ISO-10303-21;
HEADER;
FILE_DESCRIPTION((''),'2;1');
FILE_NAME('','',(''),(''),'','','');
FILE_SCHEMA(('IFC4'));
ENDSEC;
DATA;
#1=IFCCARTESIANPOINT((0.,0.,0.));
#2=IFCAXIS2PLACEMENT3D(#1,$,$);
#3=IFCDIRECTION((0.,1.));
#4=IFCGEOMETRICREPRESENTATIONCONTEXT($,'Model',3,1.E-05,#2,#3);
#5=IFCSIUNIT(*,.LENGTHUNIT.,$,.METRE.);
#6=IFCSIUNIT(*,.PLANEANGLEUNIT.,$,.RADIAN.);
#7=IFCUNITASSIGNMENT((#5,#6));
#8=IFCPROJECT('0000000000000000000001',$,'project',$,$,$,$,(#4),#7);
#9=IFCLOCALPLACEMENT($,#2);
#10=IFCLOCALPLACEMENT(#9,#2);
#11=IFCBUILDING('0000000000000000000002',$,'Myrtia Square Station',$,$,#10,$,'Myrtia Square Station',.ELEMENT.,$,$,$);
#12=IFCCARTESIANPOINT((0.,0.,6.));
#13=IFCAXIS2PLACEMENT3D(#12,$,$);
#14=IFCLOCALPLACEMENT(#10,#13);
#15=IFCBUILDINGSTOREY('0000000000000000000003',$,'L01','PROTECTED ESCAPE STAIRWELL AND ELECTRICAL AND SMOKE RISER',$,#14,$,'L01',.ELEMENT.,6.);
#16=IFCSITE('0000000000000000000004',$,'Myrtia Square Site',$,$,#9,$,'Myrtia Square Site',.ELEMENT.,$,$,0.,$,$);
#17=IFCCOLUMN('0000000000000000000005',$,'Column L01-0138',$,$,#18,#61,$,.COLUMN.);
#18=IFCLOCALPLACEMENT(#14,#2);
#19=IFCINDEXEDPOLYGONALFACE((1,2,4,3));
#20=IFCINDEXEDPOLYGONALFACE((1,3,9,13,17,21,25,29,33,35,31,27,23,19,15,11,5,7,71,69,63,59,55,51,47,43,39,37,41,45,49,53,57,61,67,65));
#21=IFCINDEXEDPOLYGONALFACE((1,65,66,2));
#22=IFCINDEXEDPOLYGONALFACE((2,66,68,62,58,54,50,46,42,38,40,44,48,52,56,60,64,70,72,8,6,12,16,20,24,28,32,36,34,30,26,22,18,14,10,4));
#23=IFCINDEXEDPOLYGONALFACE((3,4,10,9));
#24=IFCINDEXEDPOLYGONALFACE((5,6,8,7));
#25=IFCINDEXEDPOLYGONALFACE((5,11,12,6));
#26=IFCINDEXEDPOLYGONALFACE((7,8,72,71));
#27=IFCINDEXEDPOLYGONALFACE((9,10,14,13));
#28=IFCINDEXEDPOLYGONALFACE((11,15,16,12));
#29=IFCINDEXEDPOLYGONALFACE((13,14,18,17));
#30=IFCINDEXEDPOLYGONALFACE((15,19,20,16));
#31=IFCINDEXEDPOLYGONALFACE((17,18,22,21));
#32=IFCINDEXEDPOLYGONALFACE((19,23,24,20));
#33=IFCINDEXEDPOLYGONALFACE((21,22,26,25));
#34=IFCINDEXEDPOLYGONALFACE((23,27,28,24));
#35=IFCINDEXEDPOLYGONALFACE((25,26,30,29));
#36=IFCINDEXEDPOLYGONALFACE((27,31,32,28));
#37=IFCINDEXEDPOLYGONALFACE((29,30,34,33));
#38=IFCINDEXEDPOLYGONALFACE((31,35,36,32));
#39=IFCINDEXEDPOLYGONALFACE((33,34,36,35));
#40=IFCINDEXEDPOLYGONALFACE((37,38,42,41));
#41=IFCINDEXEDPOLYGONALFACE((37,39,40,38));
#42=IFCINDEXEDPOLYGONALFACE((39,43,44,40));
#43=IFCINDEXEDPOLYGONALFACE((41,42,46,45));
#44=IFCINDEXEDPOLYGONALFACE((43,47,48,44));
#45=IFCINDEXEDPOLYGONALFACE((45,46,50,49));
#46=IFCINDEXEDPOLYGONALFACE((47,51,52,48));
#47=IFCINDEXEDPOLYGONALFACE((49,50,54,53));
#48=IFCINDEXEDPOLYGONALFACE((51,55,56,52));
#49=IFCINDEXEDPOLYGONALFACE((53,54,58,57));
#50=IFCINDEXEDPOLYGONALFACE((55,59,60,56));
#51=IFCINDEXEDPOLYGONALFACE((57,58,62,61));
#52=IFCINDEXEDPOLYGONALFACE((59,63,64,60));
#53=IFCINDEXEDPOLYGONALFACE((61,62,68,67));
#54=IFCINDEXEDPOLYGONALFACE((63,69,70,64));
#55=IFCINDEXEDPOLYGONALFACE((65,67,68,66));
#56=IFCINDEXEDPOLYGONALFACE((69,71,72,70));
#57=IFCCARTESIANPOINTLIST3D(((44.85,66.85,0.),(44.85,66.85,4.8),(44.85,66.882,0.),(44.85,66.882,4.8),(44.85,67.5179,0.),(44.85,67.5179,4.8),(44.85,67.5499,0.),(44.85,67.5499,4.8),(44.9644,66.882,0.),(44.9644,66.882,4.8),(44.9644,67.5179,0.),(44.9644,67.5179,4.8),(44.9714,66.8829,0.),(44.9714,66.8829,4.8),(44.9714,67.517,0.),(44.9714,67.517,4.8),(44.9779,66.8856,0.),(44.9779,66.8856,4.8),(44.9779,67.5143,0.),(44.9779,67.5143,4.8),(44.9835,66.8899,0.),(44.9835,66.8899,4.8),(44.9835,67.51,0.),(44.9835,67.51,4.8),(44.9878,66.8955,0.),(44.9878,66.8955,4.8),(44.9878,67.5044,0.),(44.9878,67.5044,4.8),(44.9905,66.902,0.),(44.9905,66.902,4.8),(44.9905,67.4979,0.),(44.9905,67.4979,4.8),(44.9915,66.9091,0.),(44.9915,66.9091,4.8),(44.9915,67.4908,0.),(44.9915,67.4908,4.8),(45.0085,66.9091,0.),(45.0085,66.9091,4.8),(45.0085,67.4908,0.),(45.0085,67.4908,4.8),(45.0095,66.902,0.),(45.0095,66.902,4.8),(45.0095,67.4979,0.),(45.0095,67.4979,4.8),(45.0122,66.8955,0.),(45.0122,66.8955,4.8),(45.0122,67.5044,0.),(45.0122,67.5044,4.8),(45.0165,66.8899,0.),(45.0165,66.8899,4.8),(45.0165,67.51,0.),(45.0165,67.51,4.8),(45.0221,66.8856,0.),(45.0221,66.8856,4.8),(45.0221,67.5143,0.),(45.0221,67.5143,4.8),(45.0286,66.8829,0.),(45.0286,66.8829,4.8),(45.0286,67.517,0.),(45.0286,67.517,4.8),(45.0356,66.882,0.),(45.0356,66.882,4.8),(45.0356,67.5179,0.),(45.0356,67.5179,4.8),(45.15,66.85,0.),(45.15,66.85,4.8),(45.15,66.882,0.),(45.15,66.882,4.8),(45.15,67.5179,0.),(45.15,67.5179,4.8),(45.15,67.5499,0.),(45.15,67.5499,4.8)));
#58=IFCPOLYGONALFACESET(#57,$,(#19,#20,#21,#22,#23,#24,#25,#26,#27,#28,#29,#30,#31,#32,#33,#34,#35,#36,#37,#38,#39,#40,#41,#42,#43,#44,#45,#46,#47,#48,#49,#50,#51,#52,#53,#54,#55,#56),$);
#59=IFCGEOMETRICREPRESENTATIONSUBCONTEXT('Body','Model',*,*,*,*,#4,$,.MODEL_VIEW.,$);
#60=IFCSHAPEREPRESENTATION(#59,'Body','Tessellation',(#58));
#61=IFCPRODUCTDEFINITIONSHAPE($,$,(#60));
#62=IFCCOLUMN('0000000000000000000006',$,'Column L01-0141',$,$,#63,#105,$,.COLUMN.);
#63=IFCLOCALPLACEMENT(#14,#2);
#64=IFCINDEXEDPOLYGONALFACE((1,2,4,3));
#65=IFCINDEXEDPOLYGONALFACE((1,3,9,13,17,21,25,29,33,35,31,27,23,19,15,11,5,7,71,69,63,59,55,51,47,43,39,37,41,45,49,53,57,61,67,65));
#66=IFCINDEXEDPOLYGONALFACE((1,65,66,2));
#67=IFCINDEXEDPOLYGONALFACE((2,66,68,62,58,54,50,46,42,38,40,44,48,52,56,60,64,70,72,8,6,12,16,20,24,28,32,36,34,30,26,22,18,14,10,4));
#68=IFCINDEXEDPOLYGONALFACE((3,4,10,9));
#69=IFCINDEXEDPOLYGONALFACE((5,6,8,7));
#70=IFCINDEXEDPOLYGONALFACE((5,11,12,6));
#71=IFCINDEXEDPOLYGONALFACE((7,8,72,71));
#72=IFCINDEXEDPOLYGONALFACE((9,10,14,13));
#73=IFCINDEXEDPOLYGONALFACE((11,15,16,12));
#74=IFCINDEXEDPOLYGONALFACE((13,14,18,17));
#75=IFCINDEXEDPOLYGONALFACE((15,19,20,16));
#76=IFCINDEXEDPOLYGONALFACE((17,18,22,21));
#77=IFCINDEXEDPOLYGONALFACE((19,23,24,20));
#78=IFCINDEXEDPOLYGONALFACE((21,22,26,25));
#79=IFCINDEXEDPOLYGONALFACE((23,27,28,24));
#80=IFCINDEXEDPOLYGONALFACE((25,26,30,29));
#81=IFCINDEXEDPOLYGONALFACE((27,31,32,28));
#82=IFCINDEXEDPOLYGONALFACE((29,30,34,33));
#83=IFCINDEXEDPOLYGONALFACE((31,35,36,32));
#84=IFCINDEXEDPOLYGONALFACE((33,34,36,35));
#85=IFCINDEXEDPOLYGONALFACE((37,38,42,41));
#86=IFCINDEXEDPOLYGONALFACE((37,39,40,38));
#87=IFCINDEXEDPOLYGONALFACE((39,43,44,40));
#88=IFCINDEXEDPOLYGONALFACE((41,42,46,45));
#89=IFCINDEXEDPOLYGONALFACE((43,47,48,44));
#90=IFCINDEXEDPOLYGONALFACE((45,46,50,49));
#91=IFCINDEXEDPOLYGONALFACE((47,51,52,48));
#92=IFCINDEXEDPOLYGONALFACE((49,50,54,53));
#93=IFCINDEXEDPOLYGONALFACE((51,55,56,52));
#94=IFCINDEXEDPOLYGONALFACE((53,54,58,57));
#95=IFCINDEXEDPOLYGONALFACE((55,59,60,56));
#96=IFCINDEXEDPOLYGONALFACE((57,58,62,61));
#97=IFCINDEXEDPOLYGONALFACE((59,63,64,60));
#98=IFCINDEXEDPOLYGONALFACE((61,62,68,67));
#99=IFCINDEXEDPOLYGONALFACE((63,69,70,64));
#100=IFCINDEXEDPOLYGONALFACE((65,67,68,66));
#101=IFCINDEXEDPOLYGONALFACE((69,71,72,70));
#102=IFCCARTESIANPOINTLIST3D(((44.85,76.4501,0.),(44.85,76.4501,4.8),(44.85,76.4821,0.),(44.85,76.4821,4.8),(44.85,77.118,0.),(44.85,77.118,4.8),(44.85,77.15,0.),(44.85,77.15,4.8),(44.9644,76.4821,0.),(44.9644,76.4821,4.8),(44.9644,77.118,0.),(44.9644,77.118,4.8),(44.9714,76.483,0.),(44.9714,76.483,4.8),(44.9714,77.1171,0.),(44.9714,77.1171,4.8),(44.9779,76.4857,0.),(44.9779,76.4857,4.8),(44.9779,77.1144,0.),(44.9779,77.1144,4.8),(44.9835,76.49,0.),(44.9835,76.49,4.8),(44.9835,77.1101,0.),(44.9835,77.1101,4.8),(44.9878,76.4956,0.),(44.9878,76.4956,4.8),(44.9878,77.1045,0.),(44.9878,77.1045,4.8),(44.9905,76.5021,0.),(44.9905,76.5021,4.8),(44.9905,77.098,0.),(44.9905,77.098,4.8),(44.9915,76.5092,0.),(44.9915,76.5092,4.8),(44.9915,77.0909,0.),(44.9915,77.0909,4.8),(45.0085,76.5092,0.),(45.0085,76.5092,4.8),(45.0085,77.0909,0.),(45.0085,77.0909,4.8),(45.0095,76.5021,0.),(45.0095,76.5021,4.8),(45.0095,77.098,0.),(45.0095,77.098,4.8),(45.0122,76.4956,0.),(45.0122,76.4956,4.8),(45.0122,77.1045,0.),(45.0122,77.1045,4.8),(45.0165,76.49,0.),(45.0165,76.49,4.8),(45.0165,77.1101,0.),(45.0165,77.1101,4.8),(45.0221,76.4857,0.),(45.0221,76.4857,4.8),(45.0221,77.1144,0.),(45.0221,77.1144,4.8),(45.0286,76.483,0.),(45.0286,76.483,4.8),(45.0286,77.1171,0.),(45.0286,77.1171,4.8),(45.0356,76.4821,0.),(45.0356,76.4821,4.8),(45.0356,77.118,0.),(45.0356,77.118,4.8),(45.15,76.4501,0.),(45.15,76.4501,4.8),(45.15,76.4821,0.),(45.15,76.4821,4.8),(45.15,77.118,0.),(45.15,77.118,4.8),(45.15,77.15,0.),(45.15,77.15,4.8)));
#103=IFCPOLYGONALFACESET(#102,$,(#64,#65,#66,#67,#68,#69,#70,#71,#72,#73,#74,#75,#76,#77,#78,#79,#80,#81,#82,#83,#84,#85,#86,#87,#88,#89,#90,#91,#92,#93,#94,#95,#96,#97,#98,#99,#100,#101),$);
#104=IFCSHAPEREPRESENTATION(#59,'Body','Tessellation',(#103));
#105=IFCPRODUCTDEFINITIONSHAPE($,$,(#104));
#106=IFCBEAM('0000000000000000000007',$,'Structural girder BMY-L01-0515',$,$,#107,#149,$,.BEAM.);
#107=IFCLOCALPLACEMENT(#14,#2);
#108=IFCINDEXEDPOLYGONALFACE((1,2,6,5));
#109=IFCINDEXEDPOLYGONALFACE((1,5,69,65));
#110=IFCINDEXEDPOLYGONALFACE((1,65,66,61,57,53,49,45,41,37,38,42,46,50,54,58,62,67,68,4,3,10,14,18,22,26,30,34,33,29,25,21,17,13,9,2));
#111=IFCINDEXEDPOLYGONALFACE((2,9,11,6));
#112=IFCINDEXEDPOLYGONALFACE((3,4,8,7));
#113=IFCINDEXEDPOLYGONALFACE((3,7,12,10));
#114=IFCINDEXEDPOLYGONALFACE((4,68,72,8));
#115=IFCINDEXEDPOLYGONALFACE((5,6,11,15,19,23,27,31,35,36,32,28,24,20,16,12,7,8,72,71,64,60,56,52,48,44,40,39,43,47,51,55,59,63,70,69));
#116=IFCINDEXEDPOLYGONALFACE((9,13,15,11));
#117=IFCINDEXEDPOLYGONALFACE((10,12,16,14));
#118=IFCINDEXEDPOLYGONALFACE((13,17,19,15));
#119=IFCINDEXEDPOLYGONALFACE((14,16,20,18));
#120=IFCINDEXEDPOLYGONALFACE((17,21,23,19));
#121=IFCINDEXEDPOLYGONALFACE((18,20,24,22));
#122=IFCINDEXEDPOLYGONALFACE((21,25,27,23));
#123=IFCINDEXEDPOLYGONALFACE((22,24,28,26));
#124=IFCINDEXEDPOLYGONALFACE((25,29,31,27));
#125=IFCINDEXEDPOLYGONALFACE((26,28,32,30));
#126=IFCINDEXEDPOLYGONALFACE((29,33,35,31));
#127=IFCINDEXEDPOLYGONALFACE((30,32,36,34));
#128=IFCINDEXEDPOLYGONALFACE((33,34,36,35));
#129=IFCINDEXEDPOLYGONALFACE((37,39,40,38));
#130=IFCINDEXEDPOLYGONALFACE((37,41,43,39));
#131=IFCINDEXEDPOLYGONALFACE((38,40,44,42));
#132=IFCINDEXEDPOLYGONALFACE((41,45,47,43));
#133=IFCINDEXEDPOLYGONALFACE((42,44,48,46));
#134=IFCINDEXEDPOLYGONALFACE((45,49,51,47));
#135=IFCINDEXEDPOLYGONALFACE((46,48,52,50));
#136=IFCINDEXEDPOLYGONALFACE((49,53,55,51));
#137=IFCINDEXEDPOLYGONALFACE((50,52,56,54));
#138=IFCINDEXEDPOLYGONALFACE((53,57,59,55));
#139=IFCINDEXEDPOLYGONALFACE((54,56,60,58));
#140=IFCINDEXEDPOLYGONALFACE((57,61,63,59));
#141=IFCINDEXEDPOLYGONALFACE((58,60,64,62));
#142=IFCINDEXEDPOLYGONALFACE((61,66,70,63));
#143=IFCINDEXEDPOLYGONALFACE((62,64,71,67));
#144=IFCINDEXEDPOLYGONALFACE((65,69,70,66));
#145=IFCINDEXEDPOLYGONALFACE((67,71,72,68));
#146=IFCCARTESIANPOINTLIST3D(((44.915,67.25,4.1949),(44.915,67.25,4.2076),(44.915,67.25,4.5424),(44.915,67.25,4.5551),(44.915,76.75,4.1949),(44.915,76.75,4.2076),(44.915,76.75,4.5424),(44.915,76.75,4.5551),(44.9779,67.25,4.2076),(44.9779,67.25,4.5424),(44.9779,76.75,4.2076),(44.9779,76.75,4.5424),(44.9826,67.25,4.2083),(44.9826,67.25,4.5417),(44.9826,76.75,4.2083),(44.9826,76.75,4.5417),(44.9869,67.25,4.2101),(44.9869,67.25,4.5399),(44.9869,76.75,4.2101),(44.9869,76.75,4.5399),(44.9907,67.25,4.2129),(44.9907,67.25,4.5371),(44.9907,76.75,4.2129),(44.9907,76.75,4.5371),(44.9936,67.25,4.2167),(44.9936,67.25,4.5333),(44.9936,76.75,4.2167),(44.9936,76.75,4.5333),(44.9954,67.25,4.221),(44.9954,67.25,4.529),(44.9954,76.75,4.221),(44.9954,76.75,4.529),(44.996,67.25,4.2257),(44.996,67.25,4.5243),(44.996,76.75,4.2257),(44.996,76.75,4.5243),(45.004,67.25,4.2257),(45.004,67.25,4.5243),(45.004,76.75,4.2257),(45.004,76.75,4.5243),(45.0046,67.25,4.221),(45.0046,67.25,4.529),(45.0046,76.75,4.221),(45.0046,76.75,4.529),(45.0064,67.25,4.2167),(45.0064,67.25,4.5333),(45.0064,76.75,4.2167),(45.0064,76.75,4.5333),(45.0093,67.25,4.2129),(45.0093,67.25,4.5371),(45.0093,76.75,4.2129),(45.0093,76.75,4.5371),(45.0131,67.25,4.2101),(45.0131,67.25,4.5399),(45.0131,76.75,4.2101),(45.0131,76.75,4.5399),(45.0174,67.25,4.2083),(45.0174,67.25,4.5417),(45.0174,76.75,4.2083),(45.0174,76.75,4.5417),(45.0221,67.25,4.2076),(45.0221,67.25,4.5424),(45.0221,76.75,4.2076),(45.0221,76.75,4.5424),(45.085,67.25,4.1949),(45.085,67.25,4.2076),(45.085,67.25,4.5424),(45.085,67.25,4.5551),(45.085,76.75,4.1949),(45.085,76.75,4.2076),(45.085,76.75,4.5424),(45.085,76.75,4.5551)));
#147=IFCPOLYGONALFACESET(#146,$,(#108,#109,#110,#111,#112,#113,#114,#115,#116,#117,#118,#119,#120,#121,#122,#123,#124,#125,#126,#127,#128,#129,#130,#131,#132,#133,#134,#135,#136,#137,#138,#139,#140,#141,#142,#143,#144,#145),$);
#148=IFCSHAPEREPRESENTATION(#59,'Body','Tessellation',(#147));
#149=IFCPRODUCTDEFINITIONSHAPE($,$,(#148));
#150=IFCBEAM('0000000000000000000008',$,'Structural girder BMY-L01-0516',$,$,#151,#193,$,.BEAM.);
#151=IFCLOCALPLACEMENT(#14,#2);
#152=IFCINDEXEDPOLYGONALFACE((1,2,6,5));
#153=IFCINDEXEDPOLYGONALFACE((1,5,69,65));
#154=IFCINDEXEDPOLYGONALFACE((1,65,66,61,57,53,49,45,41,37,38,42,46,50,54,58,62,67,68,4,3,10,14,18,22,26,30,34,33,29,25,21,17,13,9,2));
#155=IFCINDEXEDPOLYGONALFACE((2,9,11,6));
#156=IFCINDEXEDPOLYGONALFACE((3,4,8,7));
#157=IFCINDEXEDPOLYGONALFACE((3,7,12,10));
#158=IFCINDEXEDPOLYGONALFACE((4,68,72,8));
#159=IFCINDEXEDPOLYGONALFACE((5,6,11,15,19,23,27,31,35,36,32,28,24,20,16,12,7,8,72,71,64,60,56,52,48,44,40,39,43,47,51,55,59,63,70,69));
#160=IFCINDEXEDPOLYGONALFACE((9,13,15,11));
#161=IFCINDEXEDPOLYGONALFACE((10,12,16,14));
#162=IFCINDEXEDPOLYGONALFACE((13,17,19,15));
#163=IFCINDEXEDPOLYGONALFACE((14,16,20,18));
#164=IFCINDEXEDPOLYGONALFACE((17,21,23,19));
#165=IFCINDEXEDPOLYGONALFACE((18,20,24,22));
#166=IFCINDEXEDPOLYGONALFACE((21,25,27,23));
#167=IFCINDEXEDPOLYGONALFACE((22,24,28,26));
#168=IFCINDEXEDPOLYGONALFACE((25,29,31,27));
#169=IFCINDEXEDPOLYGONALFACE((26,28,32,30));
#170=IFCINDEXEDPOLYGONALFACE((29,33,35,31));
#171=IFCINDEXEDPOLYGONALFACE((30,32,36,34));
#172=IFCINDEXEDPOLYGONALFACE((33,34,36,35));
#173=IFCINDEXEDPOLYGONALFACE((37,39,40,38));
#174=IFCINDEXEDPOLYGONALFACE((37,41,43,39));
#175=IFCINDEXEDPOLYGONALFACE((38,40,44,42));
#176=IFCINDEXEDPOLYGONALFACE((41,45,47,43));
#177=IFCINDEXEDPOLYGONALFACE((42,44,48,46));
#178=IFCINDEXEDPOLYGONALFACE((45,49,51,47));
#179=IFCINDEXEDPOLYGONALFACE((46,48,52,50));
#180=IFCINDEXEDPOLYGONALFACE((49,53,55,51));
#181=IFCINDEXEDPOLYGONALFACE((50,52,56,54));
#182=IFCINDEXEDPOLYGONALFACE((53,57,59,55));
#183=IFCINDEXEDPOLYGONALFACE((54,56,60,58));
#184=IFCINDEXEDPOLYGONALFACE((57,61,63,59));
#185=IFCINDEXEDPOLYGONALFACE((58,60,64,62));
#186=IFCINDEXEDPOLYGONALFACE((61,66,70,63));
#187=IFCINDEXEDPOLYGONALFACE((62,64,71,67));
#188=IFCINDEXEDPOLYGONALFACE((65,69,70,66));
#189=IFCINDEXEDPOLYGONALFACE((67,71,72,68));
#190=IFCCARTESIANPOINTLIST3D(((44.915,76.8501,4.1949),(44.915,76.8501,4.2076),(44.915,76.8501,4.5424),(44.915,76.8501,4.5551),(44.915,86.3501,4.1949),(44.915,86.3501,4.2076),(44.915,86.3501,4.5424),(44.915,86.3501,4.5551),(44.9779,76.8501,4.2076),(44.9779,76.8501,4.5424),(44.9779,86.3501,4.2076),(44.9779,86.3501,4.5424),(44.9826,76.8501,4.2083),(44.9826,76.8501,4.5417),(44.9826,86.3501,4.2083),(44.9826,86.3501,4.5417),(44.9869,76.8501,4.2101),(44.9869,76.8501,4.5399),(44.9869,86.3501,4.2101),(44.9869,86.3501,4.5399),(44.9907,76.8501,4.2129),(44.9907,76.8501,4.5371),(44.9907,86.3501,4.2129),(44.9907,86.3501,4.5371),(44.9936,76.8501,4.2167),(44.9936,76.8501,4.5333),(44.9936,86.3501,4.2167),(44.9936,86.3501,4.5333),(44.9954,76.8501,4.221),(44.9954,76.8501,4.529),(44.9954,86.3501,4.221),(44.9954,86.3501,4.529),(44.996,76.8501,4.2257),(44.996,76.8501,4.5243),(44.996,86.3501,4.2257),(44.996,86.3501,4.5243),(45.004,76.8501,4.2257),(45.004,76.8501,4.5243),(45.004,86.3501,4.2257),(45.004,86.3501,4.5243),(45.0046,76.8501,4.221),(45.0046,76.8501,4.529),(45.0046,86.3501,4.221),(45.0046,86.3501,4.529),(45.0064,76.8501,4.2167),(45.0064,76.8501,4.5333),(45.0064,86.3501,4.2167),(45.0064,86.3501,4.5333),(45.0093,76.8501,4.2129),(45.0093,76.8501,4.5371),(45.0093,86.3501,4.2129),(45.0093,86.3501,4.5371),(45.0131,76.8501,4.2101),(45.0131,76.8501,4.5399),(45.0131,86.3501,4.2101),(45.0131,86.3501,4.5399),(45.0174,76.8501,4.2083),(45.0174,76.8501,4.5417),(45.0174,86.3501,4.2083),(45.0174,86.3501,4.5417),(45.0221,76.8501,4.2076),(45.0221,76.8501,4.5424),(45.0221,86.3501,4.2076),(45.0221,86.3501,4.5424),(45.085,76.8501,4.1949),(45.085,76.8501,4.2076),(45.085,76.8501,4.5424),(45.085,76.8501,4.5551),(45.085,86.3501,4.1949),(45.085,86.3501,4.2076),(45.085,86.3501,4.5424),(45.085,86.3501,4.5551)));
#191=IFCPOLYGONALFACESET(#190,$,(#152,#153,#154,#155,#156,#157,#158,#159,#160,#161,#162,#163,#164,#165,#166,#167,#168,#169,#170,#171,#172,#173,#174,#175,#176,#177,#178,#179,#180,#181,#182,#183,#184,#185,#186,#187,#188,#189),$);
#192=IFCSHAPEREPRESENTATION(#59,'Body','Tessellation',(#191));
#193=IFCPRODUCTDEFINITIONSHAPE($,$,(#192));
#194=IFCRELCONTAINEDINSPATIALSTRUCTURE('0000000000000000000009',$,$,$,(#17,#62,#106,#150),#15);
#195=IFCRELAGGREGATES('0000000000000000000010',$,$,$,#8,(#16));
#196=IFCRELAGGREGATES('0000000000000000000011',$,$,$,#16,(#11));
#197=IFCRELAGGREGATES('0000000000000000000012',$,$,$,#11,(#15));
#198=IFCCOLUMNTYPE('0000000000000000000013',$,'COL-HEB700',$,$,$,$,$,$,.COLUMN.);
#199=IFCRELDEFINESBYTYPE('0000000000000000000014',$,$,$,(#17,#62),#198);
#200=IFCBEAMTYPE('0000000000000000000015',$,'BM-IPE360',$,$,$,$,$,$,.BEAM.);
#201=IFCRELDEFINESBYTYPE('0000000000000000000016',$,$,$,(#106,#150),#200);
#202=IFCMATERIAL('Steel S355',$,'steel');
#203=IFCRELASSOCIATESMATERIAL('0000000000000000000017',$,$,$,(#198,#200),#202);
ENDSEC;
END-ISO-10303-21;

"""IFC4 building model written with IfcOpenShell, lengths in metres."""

from ifc_helpers import new_model, si_unit, direction, frame, origin, origin_2d, place, context, subcontext, project, spatial, i_section, extrude, material, material_profile, profile_set, type_object, element, save


model = new_model("IFC4")

# Units and contexts
model_context = context("Model", 3, precision=1e-05, world=origin(), true_north=direction((0.0, 1.0)))
body_context = subcontext(model_context, "Body", "Model", "MODEL_VIEW")
ifc_project = project(units=[si_unit("LENGTHUNIT", "METRE"), si_unit("PLANEANGLEUNIT", "RADIAN")], contexts=[model_context])

# Site, building, storey
site_placement = place(None, origin())
site = spatial("IfcSite", under=ifc_project, at=site_placement, Name="Myrtia Square Site", LongName="Myrtia Square Site", CompositionType="ELEMENT", RefElevation=0.0)
building_placement = place(site_placement, origin())
building = spatial("IfcBuilding", under=site, at=building_placement, Name="Myrtia Square Station", LongName="Myrtia Square Station", CompositionType="ELEMENT")
storey_placement = place(building_placement, frame((0.0, 0.0, 6.0)))
storey = spatial("IfcBuildingStorey", under=building, at=storey_placement, Name="L01", Description="PROTECTED ESCAPE STAIRWELL AND ELECTRICAL AND SMOKE RISER", LongName="L01", CompositionType="ELEMENT", Elevation=6.0)

# Columns
ifc_material_1 = material(Name="Steel S355", Category="steel")
ifc_material_profile_1 = material_profile(ifc_material_1, i_section(OverallWidth=0.3, OverallDepth=0.7, WebThickness=0.0171, FlangeThickness=0.032, FilletRadius=0.0271, at=origin_2d()), Name="HEB 700")
ifc_profile_set_1 = profile_set([ifc_material_profile_1], Name="Steel S355")
column_type = type_object("IfcColumnType", Name="COL-HEB700", PredefinedType="COLUMN", material=ifc_profile_set_1)
for number, where, z_axis, x_axis, name in (
    (1, (45.0, 67.2, 0.0), (0.0, 0.0, 1.0), (1.0, 0.0, 0.0), "Column L01-0138"),
    (2, (45.0, 76.8, 0.0), (0.0, 0.0, 1.0), (1.0, 0.0, 0.0), "Column L01-0141"),
):
    element("IfcColumn", number, at=place(storey_placement, frame(where, z_axis=z_axis, x_axis=x_axis)), inside=storey, type_object=column_type, Name=name, PredefinedType="COLUMN", context=body_context, shape_type="SweptSolid", body=[
        extrude(i_section(OverallWidth=0.3, OverallDepth=0.7, WebThickness=0.0171, FlangeThickness=0.032, FilletRadius=0.0271, at=origin_2d()), origin(), (0.0, 0.0, 1.0), 4.8),
    ])

# Beams
ifc_material_profile_2 = material_profile(ifc_material_1, i_section(OverallWidth=0.1699, OverallDepth=0.3601, WebThickness=0.0081, FlangeThickness=0.0127, FilletRadius=0.0181, at=origin_2d()), Name="IPE 360")
ifc_profile_set_2 = profile_set([ifc_material_profile_2], Name="Steel S355")
beam_type_1 = type_object("IfcBeamType", Name="BM-IPE360", PredefinedType="BEAM", material=ifc_profile_set_2)
for number, where, z_axis, x_axis, name in (
    (3, (45.0, 67.25, 4.375), (0.0, 1.0, 0.0), (-1.0, 0.0, 0.0), "Structural girder BMY-L01-0515"),
    (4, (45.0, 76.8501, 4.375), (0.0, 1.0, 0.0), (-1.0, 0.0, 0.0), "Structural girder BMY-L01-0516"),
):
    element("IfcBeam", number, at=place(storey_placement, frame(where, z_axis=z_axis, x_axis=x_axis)), inside=storey, type_object=beam_type_1, Name=name, PredefinedType="BEAM", context=body_context, shape_type="SweptSolid", body=[
        extrude(i_section(OverallWidth=0.1699, OverallDepth=0.3601, WebThickness=0.0081, FlangeThickness=0.0127, FilletRadius=0.0181, at=origin_2d()), origin(), (0.0, 0.0, 1.0), 9.5),
    ])

save(model, "model.ifc")
